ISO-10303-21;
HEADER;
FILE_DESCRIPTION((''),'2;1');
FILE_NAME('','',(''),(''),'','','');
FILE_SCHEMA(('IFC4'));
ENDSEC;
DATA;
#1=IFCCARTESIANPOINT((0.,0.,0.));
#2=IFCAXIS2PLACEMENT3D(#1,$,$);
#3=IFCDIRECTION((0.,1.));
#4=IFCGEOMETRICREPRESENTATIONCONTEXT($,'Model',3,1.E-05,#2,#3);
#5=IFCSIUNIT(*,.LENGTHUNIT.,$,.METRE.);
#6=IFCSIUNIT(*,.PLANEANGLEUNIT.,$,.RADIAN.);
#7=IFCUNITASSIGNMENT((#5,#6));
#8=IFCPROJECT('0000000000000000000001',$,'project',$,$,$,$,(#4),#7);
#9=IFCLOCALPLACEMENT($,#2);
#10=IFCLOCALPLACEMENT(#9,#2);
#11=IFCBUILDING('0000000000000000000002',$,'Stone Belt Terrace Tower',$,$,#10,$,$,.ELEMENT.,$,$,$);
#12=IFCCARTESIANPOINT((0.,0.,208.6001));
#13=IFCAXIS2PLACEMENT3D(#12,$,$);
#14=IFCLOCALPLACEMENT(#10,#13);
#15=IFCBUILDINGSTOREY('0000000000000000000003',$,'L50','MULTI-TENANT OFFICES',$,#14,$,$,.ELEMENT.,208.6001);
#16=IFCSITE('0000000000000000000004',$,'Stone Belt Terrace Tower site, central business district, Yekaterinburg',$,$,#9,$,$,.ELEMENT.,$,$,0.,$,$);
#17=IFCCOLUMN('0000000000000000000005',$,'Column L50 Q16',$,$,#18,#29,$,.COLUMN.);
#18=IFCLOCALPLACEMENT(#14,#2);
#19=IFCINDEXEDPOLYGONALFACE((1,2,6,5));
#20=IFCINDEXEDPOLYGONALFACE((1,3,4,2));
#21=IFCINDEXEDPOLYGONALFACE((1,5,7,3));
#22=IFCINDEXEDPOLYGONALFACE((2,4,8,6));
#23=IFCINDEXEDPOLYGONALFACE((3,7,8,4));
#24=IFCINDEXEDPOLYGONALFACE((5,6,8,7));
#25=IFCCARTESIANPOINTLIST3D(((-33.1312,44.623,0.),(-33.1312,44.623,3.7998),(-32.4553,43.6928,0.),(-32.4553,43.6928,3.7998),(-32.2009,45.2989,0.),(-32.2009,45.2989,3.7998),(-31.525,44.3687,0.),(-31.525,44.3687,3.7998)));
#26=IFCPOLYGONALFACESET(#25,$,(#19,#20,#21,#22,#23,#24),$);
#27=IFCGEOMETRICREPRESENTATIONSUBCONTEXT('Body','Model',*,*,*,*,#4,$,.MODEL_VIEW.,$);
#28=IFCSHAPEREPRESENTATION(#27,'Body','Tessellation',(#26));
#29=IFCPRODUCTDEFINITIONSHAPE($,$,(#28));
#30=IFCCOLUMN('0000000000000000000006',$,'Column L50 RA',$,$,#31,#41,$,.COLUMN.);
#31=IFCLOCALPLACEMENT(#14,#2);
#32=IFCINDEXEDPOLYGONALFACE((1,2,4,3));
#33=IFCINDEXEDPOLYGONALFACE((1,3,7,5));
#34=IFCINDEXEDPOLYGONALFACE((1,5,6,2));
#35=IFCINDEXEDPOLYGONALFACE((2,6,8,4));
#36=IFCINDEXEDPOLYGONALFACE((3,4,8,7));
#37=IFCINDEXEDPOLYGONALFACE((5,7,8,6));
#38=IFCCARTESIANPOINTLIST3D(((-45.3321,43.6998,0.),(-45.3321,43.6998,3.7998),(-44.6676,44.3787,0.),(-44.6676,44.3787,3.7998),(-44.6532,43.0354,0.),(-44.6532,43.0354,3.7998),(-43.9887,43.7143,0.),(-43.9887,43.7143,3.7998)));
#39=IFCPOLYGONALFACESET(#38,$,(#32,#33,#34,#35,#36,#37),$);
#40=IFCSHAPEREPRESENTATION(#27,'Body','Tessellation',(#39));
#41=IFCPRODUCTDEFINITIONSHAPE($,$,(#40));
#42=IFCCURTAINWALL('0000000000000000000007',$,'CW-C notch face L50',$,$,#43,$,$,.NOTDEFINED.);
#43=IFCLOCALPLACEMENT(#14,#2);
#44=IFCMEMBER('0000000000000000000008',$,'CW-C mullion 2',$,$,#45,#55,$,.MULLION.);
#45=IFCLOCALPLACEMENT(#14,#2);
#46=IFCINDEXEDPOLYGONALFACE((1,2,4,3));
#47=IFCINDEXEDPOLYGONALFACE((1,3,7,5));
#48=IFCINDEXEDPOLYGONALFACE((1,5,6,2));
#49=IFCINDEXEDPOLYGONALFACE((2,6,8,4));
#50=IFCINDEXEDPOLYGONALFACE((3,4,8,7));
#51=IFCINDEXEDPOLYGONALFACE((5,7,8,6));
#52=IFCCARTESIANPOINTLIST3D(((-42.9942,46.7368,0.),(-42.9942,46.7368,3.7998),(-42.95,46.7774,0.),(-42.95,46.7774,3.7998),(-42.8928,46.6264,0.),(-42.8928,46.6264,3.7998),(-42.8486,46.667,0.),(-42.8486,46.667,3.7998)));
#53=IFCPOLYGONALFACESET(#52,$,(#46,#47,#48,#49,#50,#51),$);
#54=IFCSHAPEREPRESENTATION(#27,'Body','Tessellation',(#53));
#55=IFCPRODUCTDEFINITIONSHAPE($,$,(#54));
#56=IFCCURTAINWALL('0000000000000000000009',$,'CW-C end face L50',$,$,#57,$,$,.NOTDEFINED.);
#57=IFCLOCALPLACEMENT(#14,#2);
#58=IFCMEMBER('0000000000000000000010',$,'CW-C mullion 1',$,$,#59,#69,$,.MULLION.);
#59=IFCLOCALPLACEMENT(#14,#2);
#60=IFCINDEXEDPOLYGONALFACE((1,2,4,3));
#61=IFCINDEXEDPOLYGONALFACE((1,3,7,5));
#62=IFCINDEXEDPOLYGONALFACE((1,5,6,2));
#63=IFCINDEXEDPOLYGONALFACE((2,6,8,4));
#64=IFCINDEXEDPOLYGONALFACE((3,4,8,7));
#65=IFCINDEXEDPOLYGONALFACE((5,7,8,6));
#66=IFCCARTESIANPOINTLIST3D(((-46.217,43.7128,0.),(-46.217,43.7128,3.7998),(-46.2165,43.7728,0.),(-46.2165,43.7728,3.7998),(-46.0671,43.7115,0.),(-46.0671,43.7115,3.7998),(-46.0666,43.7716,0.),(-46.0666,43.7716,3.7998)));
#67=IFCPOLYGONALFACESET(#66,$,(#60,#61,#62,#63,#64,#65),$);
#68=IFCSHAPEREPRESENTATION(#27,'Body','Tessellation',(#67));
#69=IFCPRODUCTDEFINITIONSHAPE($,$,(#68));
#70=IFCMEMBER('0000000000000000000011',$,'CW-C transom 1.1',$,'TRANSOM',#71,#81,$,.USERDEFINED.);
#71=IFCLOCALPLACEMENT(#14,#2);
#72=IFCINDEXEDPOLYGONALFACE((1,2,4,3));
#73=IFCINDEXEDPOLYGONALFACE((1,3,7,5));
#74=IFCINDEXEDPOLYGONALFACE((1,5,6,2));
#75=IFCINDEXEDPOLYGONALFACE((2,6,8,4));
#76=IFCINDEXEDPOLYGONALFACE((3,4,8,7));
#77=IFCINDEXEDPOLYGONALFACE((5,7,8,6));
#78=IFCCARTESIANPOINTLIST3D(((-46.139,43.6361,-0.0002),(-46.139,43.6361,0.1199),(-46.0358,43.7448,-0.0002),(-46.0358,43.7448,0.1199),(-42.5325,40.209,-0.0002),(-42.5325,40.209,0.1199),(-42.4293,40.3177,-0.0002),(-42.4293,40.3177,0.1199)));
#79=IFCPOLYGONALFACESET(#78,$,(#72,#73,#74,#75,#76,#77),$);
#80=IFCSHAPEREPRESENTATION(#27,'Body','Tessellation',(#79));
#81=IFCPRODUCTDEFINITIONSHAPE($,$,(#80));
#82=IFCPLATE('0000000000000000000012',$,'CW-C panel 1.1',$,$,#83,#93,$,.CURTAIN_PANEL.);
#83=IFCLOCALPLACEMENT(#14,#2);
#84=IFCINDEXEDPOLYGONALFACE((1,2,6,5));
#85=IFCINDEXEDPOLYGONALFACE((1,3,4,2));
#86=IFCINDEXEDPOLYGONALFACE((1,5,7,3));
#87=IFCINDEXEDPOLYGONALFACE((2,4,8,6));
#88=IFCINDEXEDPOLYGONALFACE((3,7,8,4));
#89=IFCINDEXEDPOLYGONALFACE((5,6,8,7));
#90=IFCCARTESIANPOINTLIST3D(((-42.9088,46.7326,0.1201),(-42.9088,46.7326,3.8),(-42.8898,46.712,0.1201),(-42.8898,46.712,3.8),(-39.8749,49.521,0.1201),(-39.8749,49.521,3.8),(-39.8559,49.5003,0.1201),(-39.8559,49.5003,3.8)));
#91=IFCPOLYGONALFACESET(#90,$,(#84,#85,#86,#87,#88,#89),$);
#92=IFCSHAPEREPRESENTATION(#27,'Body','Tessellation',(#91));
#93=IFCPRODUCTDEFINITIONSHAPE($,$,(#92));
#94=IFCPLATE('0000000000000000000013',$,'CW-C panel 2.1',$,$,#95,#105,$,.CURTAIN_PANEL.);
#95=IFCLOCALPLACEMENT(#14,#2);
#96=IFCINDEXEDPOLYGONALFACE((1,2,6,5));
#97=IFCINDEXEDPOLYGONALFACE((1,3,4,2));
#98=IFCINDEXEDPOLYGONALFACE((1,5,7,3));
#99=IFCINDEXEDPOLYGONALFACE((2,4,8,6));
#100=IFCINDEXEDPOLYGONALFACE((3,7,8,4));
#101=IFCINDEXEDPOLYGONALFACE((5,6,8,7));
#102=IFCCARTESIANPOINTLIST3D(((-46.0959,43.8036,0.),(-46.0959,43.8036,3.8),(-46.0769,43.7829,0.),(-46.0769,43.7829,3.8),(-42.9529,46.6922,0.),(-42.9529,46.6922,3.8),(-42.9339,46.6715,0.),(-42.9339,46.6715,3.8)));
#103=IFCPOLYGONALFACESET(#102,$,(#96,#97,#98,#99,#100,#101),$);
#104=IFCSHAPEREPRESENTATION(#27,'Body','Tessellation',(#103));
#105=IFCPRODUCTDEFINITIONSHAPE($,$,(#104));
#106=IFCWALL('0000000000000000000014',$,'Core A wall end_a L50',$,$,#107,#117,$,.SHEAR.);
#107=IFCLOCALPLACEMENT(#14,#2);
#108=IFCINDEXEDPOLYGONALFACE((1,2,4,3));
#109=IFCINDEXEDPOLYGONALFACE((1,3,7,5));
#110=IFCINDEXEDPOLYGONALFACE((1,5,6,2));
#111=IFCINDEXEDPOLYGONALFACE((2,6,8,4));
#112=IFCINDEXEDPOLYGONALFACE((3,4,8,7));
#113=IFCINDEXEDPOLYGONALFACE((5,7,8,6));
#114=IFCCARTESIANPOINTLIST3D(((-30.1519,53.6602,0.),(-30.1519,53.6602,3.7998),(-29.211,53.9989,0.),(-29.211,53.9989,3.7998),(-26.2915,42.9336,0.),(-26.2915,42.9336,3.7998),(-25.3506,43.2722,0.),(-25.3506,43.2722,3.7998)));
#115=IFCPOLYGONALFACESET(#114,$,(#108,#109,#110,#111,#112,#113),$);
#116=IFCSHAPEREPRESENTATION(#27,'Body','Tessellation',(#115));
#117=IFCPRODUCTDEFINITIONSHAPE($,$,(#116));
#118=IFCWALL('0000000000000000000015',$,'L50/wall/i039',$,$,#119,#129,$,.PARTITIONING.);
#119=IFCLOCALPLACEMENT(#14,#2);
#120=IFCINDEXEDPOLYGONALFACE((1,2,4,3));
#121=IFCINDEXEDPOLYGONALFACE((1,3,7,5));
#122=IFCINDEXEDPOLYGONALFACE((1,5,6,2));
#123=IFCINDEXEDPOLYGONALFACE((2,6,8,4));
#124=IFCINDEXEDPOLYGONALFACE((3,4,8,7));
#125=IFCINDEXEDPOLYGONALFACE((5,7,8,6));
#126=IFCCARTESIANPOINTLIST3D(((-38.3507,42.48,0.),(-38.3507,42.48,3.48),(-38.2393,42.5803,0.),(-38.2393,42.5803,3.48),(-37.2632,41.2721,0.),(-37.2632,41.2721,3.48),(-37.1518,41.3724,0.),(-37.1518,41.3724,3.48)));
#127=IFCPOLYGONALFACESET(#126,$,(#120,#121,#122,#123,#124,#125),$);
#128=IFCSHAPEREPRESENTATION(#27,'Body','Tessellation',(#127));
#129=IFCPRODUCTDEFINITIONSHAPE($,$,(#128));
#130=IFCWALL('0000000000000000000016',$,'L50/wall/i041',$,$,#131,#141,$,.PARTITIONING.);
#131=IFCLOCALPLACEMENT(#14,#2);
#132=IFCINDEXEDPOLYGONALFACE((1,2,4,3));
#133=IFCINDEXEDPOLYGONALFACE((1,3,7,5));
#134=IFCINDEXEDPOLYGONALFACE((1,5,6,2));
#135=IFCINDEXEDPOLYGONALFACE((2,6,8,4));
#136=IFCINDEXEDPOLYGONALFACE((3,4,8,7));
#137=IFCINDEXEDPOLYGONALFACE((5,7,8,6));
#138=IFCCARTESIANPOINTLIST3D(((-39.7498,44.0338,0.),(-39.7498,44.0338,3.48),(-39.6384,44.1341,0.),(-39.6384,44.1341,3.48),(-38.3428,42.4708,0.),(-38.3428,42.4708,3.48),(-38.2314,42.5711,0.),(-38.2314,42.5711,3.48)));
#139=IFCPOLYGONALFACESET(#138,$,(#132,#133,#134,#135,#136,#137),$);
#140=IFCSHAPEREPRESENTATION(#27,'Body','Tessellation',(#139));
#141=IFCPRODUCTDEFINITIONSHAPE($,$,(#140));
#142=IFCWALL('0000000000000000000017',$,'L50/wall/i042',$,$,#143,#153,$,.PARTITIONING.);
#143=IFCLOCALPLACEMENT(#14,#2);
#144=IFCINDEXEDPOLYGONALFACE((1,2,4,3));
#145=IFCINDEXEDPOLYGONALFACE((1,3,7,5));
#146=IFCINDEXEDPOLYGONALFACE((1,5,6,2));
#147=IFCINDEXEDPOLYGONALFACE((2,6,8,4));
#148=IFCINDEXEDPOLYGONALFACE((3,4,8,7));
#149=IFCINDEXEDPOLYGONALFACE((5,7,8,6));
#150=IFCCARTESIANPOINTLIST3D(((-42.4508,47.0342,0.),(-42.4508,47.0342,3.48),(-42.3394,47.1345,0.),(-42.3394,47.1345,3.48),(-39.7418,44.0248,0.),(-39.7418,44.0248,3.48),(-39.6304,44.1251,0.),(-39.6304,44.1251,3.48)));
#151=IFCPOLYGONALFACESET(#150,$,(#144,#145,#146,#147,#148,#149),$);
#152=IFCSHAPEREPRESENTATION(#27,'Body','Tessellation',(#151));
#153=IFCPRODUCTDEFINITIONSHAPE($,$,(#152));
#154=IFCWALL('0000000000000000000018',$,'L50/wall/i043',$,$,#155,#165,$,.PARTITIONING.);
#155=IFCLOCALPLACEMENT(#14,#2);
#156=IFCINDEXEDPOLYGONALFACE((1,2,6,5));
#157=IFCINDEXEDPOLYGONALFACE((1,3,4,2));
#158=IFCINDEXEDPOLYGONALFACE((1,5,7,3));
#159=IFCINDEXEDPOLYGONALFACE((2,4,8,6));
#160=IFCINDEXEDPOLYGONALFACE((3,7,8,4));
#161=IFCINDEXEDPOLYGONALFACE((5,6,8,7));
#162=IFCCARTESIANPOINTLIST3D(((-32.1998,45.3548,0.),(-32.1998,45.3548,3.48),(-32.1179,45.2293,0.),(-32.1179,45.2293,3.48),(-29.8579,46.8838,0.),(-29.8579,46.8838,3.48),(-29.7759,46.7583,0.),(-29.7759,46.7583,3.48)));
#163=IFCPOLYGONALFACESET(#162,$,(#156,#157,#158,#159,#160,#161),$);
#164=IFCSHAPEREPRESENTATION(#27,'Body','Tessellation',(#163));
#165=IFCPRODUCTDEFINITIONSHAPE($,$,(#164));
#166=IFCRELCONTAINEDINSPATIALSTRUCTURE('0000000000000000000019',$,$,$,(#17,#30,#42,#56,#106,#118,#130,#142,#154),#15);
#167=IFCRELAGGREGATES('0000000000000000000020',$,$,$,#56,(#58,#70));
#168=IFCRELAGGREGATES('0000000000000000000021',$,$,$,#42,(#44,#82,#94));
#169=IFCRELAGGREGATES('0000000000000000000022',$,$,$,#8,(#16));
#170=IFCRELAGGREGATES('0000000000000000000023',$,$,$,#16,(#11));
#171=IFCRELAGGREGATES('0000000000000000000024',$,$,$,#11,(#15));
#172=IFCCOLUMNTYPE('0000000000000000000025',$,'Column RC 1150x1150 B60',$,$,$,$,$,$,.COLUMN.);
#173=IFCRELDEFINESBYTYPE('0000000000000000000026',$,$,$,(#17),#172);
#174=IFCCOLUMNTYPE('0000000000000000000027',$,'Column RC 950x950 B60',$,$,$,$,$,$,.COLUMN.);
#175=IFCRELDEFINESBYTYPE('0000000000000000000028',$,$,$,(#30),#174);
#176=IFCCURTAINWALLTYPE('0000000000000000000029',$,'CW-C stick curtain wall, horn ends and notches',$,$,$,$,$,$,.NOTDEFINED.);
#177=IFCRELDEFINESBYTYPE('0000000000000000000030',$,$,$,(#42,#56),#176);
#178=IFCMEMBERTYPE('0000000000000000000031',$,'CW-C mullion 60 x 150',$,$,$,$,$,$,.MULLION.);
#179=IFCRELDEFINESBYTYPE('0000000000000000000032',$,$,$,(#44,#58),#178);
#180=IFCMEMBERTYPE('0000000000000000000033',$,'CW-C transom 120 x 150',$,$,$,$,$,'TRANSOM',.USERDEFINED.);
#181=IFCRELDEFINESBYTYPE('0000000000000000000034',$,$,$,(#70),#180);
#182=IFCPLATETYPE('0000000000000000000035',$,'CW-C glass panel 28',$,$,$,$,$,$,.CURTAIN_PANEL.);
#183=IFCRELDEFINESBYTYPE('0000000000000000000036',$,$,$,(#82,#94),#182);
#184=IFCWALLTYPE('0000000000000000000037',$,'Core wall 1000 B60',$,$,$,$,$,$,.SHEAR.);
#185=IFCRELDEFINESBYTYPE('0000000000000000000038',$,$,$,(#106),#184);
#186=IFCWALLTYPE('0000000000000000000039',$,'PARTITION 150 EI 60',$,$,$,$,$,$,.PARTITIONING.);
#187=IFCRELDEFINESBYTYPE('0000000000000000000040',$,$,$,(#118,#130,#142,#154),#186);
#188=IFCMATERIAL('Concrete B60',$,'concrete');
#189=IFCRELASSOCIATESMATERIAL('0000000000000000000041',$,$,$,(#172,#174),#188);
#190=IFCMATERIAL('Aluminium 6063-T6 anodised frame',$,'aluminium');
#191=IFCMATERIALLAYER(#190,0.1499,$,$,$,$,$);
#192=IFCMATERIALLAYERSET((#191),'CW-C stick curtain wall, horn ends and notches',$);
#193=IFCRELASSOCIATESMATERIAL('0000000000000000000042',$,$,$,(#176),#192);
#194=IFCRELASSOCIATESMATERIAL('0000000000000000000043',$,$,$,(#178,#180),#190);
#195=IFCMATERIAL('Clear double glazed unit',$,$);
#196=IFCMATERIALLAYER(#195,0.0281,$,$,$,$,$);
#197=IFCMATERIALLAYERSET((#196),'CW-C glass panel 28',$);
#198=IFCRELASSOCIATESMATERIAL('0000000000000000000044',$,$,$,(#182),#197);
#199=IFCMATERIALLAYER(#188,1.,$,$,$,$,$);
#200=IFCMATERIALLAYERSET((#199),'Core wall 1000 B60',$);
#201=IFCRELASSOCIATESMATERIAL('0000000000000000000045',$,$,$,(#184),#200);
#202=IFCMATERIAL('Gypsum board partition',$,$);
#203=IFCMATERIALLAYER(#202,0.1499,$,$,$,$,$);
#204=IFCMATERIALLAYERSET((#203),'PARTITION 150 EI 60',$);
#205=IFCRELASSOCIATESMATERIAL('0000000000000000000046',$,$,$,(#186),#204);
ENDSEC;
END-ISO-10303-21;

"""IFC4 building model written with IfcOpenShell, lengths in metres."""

from ifc_helpers import new_model, si_unit, direction, frame, frame_2d, origin, origin_2d, place, context, subcontext, project, spatial, rectangle, extrude, material, layer, layer_set, material_profile, profile_set, type_object, element, aggregate, save


model = new_model("IFC4")

# Units and contexts
model_context = context("Model", 3, precision=1e-05, world=origin(), true_north=direction((0.0, 1.0)))
body_context = subcontext(model_context, "Body", "Model", "MODEL_VIEW")
ifc_project = project(units=[si_unit("LENGTHUNIT", "METRE"), si_unit("PLANEANGLEUNIT", "RADIAN")], contexts=[model_context])

# Site, building, storey
site_placement = place(None, origin())
site = spatial("IfcSite", under=ifc_project, at=site_placement, Name="Stone Belt Terrace Tower site, central business district, Yekaterinburg", CompositionType="ELEMENT", RefElevation=0.0)
building_placement = place(site_placement, origin())
building = spatial("IfcBuilding", under=site, at=building_placement, Name="Stone Belt Terrace Tower", CompositionType="ELEMENT")
storey_placement = place(building_placement, frame((0.0, 0.0, 208.6001)))
storey = spatial("IfcBuildingStorey", under=building, at=storey_placement, Name="L50", Description="MULTI-TENANT OFFICES", CompositionType="ELEMENT", Elevation=208.6001)

# Columns
ifc_material_1 = material(Name="Concrete B60", Category="concrete")
ifc_material_profile_1 = material_profile(ifc_material_1, rectangle(XDim=1.1499, YDim=1.1499, at=origin_2d()), Name="RC 1150x1150")
ifc_profile_set_1 = profile_set([ifc_material_profile_1], Name="Concrete B60")
column_type_1 = type_object("IfcColumnType", Name="Column RC 1150x1150 B60", PredefinedType="COLUMN", material=ifc_profile_set_1)
column_1_placement = place(storey_placement, frame((-32.3281, 44.4958, 0.0), z_axis=(0.0, 0.0, 1.0), x_axis=(0.809017, 0.587785, 0.0)))
element("IfcColumn", 1, at=column_1_placement, inside=storey, type_object=column_type_1, Name="Column L50 Q16", PredefinedType="COLUMN", context=body_context, shape_type="SweptSolid", body=[
    extrude(rectangle(XDim=1.1499, YDim=1.1499, at=origin_2d()), origin(), (0.0, 0.0, 1.0), 3.7998),
])
ifc_material_profile_2 = material_profile(ifc_material_1, rectangle(XDim=0.95, YDim=0.95, at=origin_2d()), Name="RC 950x950")
ifc_profile_set_2 = profile_set([ifc_material_profile_2], Name="Concrete B60")
column_type_2 = type_object("IfcColumnType", Name="Column RC 950x950 B60", PredefinedType="COLUMN", material=ifc_profile_set_2)
column_2_placement = place(storey_placement, frame((-44.6604, 43.707, 0.0), z_axis=(0.0, 0.0, 1.0), x_axis=(0.699438, 0.714694, 0.0)))
element("IfcColumn", 2, at=column_2_placement, inside=storey, type_object=column_type_2, Name="Column L50 RA", PredefinedType="COLUMN", context=body_context, shape_type="SweptSolid", body=[
    extrude(rectangle(XDim=0.95, YDim=0.95, at=origin_2d()), origin(), (0.0, 0.0, 1.0), 3.7998),
])

# Curtain wall, member
ifc_material_2 = material(Name="Aluminium 6063-T6 anodised frame", Category="aluminium")
ifc_layer_1 = layer(ifc_material_2, 0.1499)
ifc_layer_set_1 = layer_set([ifc_layer_1], Name="CW-C stick curtain wall, horn ends and notches")
curtain_wall_type = type_object("IfcCurtainWallType", Name="CW-C stick curtain wall, horn ends and notches", PredefinedType="NOTDEFINED", material=ifc_layer_set_1)
curtain_wall_1_placement = place(storey_placement, origin())
curtain_wall_1 = element("IfcCurtainWall", 3, at=curtain_wall_1_placement, inside=storey, type_object=curtain_wall_type, Name="CW-C notch face L50", PredefinedType="NOTDEFINED")
ifc_material_profile_3 = material_profile(ifc_material_2, rectangle(XDim=0.1499, YDim=0.0601, at=origin_2d()), Name="Aluminium 6063-T6 60x150")
ifc_profile_set_3 = profile_set([ifc_material_profile_3], Name="Aluminium 6063-T6 anodised frame")
member_type_1 = type_object("IfcMemberType", Name="CW-C mullion 60 x 150", PredefinedType="MULLION", material=ifc_profile_set_3)
member_1_placement = place(storey_placement, frame((-42.9214, 46.7019, 0.0), z_axis=(0.0, 0.0, 1.0), x_axis=(0.676677, -0.73628, 0.0)))
member_1 = element("IfcMember", 4, at=member_1_placement, type_object=member_type_1, Name="CW-C mullion 2", PredefinedType="MULLION", context=body_context, shape_type="SweptSolid", body=[
    extrude(rectangle(XDim=0.1499, YDim=0.0601, at=origin_2d()), origin(), (0.0, 0.0, 1.0), 3.7998),
])

# Curtain wall, members
curtain_wall_2_placement = place(storey_placement, origin())
curtain_wall_2 = element("IfcCurtainWall", 5, at=curtain_wall_2_placement, inside=storey, type_object=curtain_wall_type, Name="CW-C end face L50", PredefinedType="NOTDEFINED")
member_2_placement = place(storey_placement, frame((-46.1418, 43.7422, 0.0), z_axis=(0.0, 0.0, 1.0), x_axis=(0.999965, -0.008324, 0.0)))
member_2 = element("IfcMember", 6, at=member_2_placement, type_object=member_type_1, Name="CW-C mullion 1", PredefinedType="MULLION", context=body_context, shape_type="SweptSolid", body=[
    extrude(rectangle(XDim=0.1499, YDim=0.0601, at=origin_2d()), origin(), (0.0, 0.0, 1.0), 3.7998),
])
ifc_material_profile_4 = material_profile(ifc_material_2, rectangle(XDim=0.1499, YDim=0.1201, at=origin_2d()), Name="Aluminium 6063-T6 150x120")
ifc_profile_set_4 = profile_set([ifc_material_profile_4], Name="Aluminium 6063-T6 anodised frame")
member_type_2 = type_object("IfcMemberType", Name="CW-C transom 120 x 150", ElementType="TRANSOM", PredefinedType="USERDEFINED", material=ifc_profile_set_4)
member_3_placement = place(storey_placement, frame((-46.0874, 43.6904, 0.0598), z_axis=(0.724911, -0.688842, 0.0), x_axis=(0.688842, 0.724911, 0.0)))
member_3 = element("IfcMember", 7, at=member_3_placement, type_object=member_type_2, Name="CW-C transom 1.1", ObjectType="TRANSOM", PredefinedType="USERDEFINED", context=body_context, shape_type="SweptSolid", body=[
    extrude(rectangle(XDim=0.1499, YDim=0.1201, at=origin_2d()), origin(), (0.0, 0.0, 1.0), 4.9751),
])
aggregate(curtain_wall_2, [member_2, member_3])

# Plates
ifc_material_3 = material(Name="Clear double glazed unit")
ifc_layer_2 = layer(ifc_material_3, 0.0281)
ifc_layer_set_2 = layer_set([ifc_layer_2], Name="CW-C glass panel 28")
plate_type = type_object("IfcPlateType", Name="CW-C glass panel 28", PredefinedType="CURTAIN_PANEL", material=ifc_layer_set_2)
plate_1_placement = place(storey_placement, frame((-41.3823, 48.1165, 0.1201), z_axis=(0.0, 0.0, 1.0), x_axis=(-0.73628, -0.676677, 0.0)))
plate_1 = element("IfcPlate", 8, at=plate_1_placement, type_object=plate_type, Name="CW-C panel 1.1", PredefinedType="CURTAIN_PANEL", context=body_context, shape_type="SweptSolid", body=[
    extrude(rectangle(XDim=4.1206, YDim=0.0281, at=origin_2d()), origin(), (0.0, 0.0, 1.0), 3.6799),
])
plate_2_placement = place(storey_placement, frame((-44.5149, 45.2375, 0.0), z_axis=(0.0, 0.0, 1.0), x_axis=(-0.73628, -0.676677, 0.0)))
plate_2 = element("IfcPlate", 9, at=plate_2_placement, type_object=plate_type, Name="CW-C panel 2.1", PredefinedType="CURTAIN_PANEL", context=body_context, shape_type="SweptSolid", body=[
    extrude(rectangle(XDim=4.2688, YDim=0.0281, at=origin_2d()), origin(), (0.0, 0.0, 1.0), 3.8),
])
aggregate(curtain_wall_1, [member_1, plate_1, plate_2])

# Walls
ifc_layer_3 = layer(ifc_material_1, 1.0)
ifc_layer_set_3 = layer_set([ifc_layer_3], Name="Core wall 1000 B60")
wall_type_1 = type_object("IfcWallType", Name="Core wall 1000 B60", PredefinedType="SHEAR", material=ifc_layer_set_3)
wall_1_placement = place(storey_placement, frame((-25.821, 43.1028, 0.0), z_axis=(0.0, 0.0, 1.0), x_axis=(-0.338625, 0.940921, 0.0)))
element("IfcWall", 10, at=wall_1_placement, inside=storey, type_object=wall_type_1, Name="Core A wall end_a L50", PredefinedType="SHEAR", context=body_context, shape_type="SweptSolid", body=[
    extrude(rectangle(XDim=11.4001, YDim=1.0, at=frame_2d((5.7002, 0.0))), origin(), (0.0, 0.0, 1.0), 3.7998),
])
ifc_material_4 = material(Name="Gypsum board partition")
ifc_layer_4 = layer(ifc_material_4, 0.1499)
ifc_layer_set_4 = layer_set([ifc_layer_4], Name="PARTITION 150 EI 60")
wall_type_2 = type_object("IfcWallType", Name="PARTITION 150 EI 60", PredefinedType="PARTITIONING", material=ifc_layer_set_4)
wall_2_placement = place(storey_placement, frame((-38.2949, 42.53, 0.0), z_axis=(0.0, 0.0, 1.0), x_axis=(0.669106, -0.743167, 0.0)))
element("IfcWall", 11, at=wall_2_placement, inside=storey, type_object=wall_type_2, Name="L50/wall/i039", PredefinedType="PARTITIONING", context=body_context, shape_type="SweptSolid", body=[
    extrude(rectangle(XDim=1.6252, YDim=0.1499, at=frame_2d((0.8125, 0.0))), origin(), (0.0, 0.0, 1.0), 3.48),
])
wall_3_placement = place(storey_placement, frame((-39.6941, 44.084, 0.0), z_axis=(0.0, 0.0, 1.0), x_axis=(0.669042, -0.743225, 0.0)))
element("IfcWall", 12, at=wall_3_placement, inside=storey, type_object=wall_type_2, Name="L50/wall/i041", PredefinedType="PARTITIONING", context=body_context, shape_type="SweptSolid", body=[
    extrude(rectangle(XDim=2.103, YDim=0.1499, at=frame_2d((1.0515, 0.0))), origin(), (0.0, 0.0, 1.0), 3.48),
])
wall_4_placement = place(storey_placement, frame((-42.395, 47.0842, 0.0), z_axis=(0.0, 0.0, 1.0), x_axis=(0.669051, -0.743216, 0.0)))
element("IfcWall", 13, at=wall_4_placement, inside=storey, type_object=wall_type_2, Name="L50/wall/i042", PredefinedType="PARTITIONING", context=body_context, shape_type="SweptSolid", body=[
    extrude(rectangle(XDim=4.0491, YDim=0.1499, at=frame_2d((2.0244, 0.0))), origin(), (0.0, 0.0, 1.0), 3.48),
])
wall_5_placement = place(storey_placement, frame((-29.8169, 46.821, 0.0), z_axis=(0.0, 0.0, 1.0), x_axis=(-0.837343, -0.546678, 0.0)))
element("IfcWall", 14, at=wall_5_placement, inside=storey, type_object=wall_type_2, Name="L50/wall/i043", PredefinedType="PARTITIONING", context=body_context, shape_type="SweptSolid", body=[
    extrude(rectangle(XDim=2.7969, YDim=0.1499, at=frame_2d((1.3984, 0.0))), origin(), (0.0, 0.0, 1.0), 3.48),
])

save(model, "model.ifc")
